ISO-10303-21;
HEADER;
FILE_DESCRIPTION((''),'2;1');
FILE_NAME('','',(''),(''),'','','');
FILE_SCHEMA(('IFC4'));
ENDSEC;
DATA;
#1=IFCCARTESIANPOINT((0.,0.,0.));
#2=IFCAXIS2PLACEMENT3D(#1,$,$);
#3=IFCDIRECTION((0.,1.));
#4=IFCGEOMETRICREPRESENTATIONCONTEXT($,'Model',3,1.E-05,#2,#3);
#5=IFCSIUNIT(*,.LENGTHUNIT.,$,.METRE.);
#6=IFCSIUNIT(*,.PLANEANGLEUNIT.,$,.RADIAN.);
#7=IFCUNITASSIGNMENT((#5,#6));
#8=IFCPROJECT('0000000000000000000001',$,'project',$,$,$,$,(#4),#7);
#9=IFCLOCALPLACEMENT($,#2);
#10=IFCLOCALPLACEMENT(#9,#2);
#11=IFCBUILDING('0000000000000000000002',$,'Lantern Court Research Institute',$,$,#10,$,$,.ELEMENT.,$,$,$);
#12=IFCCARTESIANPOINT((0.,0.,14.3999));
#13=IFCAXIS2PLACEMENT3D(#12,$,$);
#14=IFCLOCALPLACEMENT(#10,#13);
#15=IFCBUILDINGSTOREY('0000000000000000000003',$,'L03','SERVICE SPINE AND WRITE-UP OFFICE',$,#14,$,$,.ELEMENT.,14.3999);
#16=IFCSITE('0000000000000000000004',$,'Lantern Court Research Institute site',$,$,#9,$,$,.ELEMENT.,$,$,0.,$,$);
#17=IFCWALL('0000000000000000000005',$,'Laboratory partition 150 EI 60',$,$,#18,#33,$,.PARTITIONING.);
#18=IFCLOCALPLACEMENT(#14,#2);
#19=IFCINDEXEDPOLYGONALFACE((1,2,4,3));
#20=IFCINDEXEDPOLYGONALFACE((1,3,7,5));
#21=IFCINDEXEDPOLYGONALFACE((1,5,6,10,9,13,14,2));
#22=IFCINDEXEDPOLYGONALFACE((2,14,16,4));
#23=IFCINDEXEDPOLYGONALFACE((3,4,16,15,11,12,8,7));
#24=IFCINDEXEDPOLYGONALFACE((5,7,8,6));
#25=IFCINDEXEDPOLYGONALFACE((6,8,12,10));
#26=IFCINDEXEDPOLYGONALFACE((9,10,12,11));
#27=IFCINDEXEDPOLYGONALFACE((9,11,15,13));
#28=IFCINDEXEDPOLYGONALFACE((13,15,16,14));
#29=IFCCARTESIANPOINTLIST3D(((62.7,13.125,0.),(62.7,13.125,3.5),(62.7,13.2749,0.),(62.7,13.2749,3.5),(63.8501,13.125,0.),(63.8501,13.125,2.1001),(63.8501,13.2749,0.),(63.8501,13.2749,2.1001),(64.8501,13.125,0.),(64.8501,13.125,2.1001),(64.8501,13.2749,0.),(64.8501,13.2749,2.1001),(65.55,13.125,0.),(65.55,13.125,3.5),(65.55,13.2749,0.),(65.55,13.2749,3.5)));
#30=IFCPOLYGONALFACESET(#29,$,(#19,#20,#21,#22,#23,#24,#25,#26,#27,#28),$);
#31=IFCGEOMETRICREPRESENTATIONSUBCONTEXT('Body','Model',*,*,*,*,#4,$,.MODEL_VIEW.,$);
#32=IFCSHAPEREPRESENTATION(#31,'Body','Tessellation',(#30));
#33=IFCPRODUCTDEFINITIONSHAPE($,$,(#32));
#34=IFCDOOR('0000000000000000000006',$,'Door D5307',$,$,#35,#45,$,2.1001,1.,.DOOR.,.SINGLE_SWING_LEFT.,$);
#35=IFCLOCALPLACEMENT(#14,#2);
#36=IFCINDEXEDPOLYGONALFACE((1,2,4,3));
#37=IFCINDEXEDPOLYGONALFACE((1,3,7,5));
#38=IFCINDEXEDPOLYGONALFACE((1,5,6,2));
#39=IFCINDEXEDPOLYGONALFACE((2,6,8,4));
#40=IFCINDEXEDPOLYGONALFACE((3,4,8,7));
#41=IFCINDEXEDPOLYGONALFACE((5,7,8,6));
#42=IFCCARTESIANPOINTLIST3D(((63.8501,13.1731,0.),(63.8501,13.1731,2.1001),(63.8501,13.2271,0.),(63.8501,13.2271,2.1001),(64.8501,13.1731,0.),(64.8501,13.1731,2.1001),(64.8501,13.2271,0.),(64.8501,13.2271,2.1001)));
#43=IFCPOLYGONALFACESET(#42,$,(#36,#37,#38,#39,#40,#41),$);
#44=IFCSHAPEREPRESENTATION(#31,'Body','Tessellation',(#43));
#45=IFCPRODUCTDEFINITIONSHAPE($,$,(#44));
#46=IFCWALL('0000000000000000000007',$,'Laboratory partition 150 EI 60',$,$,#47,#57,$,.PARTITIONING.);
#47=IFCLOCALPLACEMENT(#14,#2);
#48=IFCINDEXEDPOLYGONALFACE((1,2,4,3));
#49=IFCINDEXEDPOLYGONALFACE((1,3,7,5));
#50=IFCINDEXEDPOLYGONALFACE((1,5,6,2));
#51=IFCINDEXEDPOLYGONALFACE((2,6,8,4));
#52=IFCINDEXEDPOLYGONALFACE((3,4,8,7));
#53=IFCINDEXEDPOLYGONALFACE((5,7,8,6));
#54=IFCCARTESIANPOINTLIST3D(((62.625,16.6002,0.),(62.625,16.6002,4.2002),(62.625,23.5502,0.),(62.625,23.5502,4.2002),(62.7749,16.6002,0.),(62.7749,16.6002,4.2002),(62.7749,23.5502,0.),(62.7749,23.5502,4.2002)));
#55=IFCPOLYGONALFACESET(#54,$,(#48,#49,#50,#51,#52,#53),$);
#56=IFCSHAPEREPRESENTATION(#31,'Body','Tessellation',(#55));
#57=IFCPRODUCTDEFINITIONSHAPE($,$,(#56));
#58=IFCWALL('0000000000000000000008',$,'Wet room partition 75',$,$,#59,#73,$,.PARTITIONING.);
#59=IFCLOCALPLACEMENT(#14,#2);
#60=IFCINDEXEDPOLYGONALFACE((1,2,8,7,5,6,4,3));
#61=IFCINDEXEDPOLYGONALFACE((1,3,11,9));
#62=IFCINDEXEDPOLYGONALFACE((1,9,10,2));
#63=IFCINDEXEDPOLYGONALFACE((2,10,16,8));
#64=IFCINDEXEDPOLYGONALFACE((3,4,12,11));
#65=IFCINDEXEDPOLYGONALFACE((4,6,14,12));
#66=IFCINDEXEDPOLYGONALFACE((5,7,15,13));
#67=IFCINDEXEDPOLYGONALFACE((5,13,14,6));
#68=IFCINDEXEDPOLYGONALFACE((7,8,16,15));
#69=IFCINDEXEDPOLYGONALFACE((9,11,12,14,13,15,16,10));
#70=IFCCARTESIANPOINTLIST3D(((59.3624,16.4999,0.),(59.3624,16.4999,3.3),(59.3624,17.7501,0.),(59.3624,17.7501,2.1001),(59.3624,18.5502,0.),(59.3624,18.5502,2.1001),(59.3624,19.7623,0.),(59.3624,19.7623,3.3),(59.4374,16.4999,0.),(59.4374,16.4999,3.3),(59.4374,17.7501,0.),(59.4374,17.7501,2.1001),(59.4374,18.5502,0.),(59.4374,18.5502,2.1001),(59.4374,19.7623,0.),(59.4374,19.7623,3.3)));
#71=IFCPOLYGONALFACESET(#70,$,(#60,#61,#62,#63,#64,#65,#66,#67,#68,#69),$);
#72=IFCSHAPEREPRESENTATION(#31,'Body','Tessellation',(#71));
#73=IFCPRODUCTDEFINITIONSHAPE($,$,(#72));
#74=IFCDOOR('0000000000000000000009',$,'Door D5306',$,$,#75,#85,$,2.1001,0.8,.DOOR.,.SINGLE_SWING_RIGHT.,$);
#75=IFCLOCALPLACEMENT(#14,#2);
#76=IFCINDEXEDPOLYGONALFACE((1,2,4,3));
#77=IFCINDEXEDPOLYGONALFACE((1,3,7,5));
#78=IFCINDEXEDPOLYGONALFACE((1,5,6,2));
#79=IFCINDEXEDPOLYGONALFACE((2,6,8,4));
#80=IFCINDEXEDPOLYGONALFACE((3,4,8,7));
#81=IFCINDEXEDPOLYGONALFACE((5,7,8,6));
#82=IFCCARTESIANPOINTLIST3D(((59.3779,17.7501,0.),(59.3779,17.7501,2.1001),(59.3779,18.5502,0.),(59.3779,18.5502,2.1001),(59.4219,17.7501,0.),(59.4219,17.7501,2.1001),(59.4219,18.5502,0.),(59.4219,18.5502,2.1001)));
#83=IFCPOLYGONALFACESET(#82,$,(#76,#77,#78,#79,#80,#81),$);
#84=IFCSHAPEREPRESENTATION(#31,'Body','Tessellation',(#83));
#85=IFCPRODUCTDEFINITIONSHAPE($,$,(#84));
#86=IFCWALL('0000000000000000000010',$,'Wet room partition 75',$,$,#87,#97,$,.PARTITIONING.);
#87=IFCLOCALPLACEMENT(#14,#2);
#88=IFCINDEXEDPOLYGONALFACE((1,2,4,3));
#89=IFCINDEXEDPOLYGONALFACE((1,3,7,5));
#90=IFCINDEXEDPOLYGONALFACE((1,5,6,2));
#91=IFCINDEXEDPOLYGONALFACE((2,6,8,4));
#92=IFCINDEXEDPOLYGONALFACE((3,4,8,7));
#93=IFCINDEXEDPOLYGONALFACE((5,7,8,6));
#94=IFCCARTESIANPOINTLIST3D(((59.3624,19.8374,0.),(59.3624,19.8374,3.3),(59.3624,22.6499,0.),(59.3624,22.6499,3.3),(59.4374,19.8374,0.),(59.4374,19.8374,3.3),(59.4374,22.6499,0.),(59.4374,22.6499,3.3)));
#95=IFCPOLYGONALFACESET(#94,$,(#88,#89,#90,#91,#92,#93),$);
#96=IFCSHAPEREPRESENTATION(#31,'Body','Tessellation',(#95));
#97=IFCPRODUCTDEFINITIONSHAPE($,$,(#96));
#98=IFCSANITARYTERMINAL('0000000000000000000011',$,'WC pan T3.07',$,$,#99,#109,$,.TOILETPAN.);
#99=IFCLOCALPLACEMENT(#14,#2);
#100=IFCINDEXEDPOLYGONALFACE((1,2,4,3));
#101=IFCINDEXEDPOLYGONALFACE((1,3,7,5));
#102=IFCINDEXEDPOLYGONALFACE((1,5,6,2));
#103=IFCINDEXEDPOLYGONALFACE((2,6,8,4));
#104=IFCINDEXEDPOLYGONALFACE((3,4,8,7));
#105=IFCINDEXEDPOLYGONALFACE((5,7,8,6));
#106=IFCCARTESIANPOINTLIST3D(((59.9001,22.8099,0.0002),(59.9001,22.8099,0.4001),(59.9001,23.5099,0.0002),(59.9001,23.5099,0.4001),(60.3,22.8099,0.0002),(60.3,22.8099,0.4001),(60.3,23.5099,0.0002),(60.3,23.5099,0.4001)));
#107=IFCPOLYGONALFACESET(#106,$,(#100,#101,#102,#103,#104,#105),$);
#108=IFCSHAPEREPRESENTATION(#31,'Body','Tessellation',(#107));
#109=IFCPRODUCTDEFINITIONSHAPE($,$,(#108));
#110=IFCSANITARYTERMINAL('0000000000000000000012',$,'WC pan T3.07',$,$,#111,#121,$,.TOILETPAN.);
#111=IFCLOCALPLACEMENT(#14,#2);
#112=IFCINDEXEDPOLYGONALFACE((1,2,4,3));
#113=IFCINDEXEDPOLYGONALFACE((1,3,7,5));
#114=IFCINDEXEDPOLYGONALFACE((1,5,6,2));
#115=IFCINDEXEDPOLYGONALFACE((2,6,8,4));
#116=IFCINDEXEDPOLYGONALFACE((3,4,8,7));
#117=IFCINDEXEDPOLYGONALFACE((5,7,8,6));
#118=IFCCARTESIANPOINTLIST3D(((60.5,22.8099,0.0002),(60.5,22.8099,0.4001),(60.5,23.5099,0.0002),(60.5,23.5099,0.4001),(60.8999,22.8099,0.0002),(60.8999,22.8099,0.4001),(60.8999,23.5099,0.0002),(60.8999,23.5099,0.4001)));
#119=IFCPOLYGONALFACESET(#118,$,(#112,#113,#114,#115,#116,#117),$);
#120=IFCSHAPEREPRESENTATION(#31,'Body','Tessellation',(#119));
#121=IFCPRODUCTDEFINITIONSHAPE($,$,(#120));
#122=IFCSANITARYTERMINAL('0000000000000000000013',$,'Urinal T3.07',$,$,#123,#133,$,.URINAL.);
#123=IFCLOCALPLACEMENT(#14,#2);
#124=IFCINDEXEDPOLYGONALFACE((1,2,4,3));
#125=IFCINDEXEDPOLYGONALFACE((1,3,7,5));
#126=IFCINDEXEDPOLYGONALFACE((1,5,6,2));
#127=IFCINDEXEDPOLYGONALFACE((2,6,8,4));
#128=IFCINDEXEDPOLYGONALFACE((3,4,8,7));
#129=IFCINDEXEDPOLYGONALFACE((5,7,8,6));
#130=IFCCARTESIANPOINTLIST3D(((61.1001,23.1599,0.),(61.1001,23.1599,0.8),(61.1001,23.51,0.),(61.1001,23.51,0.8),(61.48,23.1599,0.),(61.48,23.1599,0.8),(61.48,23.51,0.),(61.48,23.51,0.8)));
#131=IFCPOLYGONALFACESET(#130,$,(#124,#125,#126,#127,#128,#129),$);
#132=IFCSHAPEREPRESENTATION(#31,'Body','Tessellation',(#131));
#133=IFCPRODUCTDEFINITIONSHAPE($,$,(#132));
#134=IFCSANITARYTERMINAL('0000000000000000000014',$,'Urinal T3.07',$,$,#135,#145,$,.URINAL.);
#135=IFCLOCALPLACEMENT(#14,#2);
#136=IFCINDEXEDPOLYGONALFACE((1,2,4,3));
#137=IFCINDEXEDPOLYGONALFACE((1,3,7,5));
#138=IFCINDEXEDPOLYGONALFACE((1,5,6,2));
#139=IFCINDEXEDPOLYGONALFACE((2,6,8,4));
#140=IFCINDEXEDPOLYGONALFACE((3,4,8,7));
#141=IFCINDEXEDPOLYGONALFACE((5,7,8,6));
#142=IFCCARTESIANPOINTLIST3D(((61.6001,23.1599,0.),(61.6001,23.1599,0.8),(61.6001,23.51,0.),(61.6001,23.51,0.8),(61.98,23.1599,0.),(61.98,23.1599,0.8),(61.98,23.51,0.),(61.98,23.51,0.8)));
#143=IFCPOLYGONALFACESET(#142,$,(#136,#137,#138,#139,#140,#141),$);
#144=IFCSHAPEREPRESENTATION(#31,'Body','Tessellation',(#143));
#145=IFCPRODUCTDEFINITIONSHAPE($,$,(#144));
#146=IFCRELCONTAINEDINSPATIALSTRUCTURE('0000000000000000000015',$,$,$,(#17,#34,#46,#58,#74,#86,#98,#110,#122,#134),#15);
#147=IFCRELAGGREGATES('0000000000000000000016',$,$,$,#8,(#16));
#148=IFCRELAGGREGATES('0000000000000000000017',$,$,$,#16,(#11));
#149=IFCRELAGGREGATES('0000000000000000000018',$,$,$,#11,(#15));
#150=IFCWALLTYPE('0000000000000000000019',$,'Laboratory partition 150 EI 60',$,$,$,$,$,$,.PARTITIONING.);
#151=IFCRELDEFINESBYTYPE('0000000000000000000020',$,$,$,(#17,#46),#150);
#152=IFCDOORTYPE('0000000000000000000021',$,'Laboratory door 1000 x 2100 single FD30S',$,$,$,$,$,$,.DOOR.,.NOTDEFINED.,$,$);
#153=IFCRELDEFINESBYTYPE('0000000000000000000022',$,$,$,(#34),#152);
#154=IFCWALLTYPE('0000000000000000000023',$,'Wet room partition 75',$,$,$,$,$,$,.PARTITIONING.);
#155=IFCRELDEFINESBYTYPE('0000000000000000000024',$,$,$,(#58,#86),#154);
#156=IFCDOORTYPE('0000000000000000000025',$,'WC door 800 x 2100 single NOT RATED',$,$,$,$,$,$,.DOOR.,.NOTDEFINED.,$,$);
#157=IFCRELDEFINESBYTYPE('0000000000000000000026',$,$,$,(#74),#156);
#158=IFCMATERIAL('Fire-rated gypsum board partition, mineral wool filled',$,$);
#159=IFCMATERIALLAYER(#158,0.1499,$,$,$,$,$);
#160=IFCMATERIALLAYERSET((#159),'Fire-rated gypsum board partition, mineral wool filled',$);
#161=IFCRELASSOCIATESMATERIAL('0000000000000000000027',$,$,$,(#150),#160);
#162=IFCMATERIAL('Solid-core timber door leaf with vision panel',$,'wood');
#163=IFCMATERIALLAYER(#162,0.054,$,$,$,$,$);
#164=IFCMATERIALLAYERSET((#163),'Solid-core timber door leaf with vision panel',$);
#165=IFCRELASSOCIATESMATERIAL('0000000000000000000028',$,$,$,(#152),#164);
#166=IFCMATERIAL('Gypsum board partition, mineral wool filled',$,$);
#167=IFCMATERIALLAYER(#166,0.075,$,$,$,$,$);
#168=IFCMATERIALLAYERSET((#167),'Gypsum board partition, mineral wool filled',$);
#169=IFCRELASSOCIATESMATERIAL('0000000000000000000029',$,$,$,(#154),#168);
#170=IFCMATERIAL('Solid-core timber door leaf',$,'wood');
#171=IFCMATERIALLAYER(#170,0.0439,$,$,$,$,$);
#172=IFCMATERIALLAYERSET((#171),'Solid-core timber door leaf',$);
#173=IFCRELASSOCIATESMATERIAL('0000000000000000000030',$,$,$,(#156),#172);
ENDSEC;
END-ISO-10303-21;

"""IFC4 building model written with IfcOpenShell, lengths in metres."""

from ifc_helpers import new_model, si_unit, direction, frame, frame_2d, origin, origin_2d, place, context, subcontext, project, spatial, rectangle, extrude, material, layer, layer_set, type_object, element, fill, save


model = new_model("IFC4")

# Units and contexts
model_context = context("Model", 3, precision=1e-05, world=origin(), true_north=direction((0.0, 1.0)))
body_context = subcontext(model_context, "Body", "Model", "MODEL_VIEW")
ifc_project = project(units=[si_unit("LENGTHUNIT", "METRE"), si_unit("PLANEANGLEUNIT", "RADIAN")], contexts=[model_context])

# Site, building, storey
site_placement = place(None, origin())
site = spatial("IfcSite", under=ifc_project, at=site_placement, Name="Lantern Court Research Institute site", CompositionType="ELEMENT", RefElevation=0.0)
building_placement = place(site_placement, origin())
building = spatial("IfcBuilding", under=site, at=building_placement, Name="Lantern Court Research Institute", CompositionType="ELEMENT")
storey_placement = place(building_placement, frame((0.0, 0.0, 14.3999)))
storey = spatial("IfcBuildingStorey", under=building, at=storey_placement, Name="L03", Description="SERVICE SPINE AND WRITE-UP OFFICE", CompositionType="ELEMENT", Elevation=14.3999)

# Wall, opening, door
ifc_material_1 = material(Name="Fire-rated gypsum board partition, mineral wool filled")
ifc_layer_1 = layer(ifc_material_1, 0.1499)
ifc_layer_set_1 = layer_set([ifc_layer_1], Name="Fire-rated gypsum board partition, mineral wool filled")
wall_type_1 = type_object("IfcWallType", Name="Laboratory partition 150 EI 60", PredefinedType="PARTITIONING", material=ifc_layer_set_1)
wall_1_placement = place(storey_placement, frame((65.55, 13.2, 0.0), z_axis=(0.0, 0.0, 1.0), x_axis=(-1.0, 0.0, 0.0)))
wall_1 = element("IfcWall", 1, at=wall_1_placement, inside=storey, type_object=wall_type_1, Name="Laboratory partition 150 EI 60", PredefinedType="PARTITIONING", context=body_context, shape_type="SweptSolid", body=[
    extrude(rectangle(XDim=2.8501, YDim=0.1499, at=frame_2d((1.425, 0.0))), origin(), (0.0, 0.0, 1.0), 3.5),
])
opening_1_placement = place(wall_1_placement, frame((0.7, 0.0, 0.0)))
opening_1 = element("IfcOpeningElement", 2, at=opening_1_placement, cuts=wall_1, PredefinedType="OPENING", context=body_context, shape_type="SweptSolid", body=[
    extrude(rectangle(XDim=1.0, YDim=2.1001, at=frame_2d((0.5, 1.05))), frame((0.0, 0.085, 0.0), z_axis=(0.0, -1.0, 0.0), x_axis=(1.0, 0.0, 0.0)), (0.0, 0.0, 1.0), 0.1699),
])
ifc_material_2 = material(Name="Solid-core timber door leaf with vision panel", Category="wood")
ifc_layer_2 = layer(ifc_material_2, 0.054)
ifc_layer_set_2 = layer_set([ifc_layer_2], Name="Solid-core timber door leaf with vision panel")
door_type_1 = type_object("IfcDoorType", Name="Laboratory door 1000 x 2100 single FD30S", OperationType="NOTDEFINED", PredefinedType="DOOR", material=ifc_layer_set_2)
door_1_placement = place(opening_1_placement, origin())
door_1 = element("IfcDoor", 3, at=door_1_placement, inside=storey, type_object=door_type_1, Name="Door D5307", OperationType="SINGLE_SWING_LEFT", OverallHeight=2.1001, OverallWidth=1.0, PredefinedType="DOOR", context=body_context, shape_type="SweptSolid", body=[
    extrude(rectangle(XDim=1.0, YDim=2.1001, at=frame_2d((0.5, 1.05))), frame((0.0, 0.0269, 0.0), z_axis=(0.0, -1.0, 0.0), x_axis=(1.0, 0.0, 0.0)), (0.0, 0.0, 1.0), 0.054),
])
fill(opening_1, door_1)

# Wall
wall_2_placement = place(storey_placement, frame((62.7, 16.6001, 0.0), z_axis=(0.0, 0.0, 1.0), x_axis=(0.0, 1.0, 0.0)))
element("IfcWall", 4, at=wall_2_placement, inside=storey, type_object=wall_type_1, Name="Laboratory partition 150 EI 60", PredefinedType="PARTITIONING", context=body_context, shape_type="SweptSolid", body=[
    extrude(rectangle(XDim=6.95, YDim=0.1499, at=frame_2d((3.4751, 0.0))), origin(), (0.0, 0.0, 1.0), 4.2002),
])

# Wall, opening, door
ifc_material_3 = material(Name="Gypsum board partition, mineral wool filled")
ifc_layer_3 = layer(ifc_material_3, 0.075)
ifc_layer_set_3 = layer_set([ifc_layer_3], Name="Gypsum board partition, mineral wool filled")
wall_type_2 = type_object("IfcWallType", Name="Wet room partition 75", PredefinedType="PARTITIONING", material=ifc_layer_set_3)
wall_3_placement = place(storey_placement, frame((59.3999, 19.7625, 0.0), z_axis=(0.0, 0.0, 1.0), x_axis=(0.0, -1.0, 0.0)))
wall_3 = element("IfcWall", 5, at=wall_3_placement, inside=storey, type_object=wall_type_2, Name="Wet room partition 75", PredefinedType="PARTITIONING", context=body_context, shape_type="SweptSolid", body=[
    extrude(rectangle(XDim=3.2625, YDim=0.075, at=frame_2d((1.6313, 0.0))), origin(), (0.0, 0.0, 1.0), 3.3),
])
opening_2_placement = place(wall_3_placement, frame((1.2124, 0.0, 0.0)))
opening_2 = element("IfcOpeningElement", 6, at=opening_2_placement, cuts=wall_3, PredefinedType="OPENING", context=body_context, shape_type="SweptSolid", body=[
    extrude(rectangle(XDim=0.8, YDim=2.1001, at=frame_2d((0.3999, 1.05))), frame((0.0, 0.0474, 0.0), z_axis=(0.0, -1.0, 0.0), x_axis=(1.0, 0.0, 0.0)), (0.0, 0.0, 1.0), 0.095),
])
ifc_material_4 = material(Name="Solid-core timber door leaf", Category="wood")
ifc_layer_4 = layer(ifc_material_4, 0.0439)
ifc_layer_set_4 = layer_set([ifc_layer_4], Name="Solid-core timber door leaf")
door_type_2 = type_object("IfcDoorType", Name="WC door 800 x 2100 single NOT RATED", OperationType="NOTDEFINED", PredefinedType="DOOR", material=ifc_layer_set_4)
door_2_placement = place(opening_2_placement, origin())
door_2 = element("IfcDoor", 7, at=door_2_placement, inside=storey, type_object=door_type_2, Name="Door D5306", OperationType="SINGLE_SWING_RIGHT", OverallHeight=2.1001, OverallWidth=0.8, PredefinedType="DOOR", context=body_context, shape_type="SweptSolid", body=[
    extrude(rectangle(XDim=0.8, YDim=2.1001, at=frame_2d((0.3999, 1.05))), frame((0.0, 0.022, 0.0), z_axis=(0.0, -1.0, 0.0), x_axis=(1.0, 0.0, 0.0)), (0.0, 0.0, 1.0), 0.0439),
])
fill(opening_2, door_2)

# Wall
wall_4_placement = place(storey_placement, frame((59.3999, 19.8374, 0.0), z_axis=(0.0, 0.0, 1.0), x_axis=(0.0, 1.0, 0.0)))
element("IfcWall", 8, at=wall_4_placement, inside=storey, type_object=wall_type_2, Name="Wet room partition 75", PredefinedType="PARTITIONING", context=body_context, shape_type="SweptSolid", body=[
    extrude(rectangle(XDim=2.8125, YDim=0.075, at=frame_2d((1.4062, 0.0))), origin(), (0.0, 0.0, 1.0), 3.3),
])

# Sanitary terminals
for number, where, z_axis, x_axis, name in (
    (9, (60.1001, 23.1599, 0.0002), (0.0, 0.0, 1.0), (1.0, 0.0, 0.0), "WC pan T3.07"),
    (10, (60.7, 23.1599, 0.0002), (0.0, 0.0, 1.0), (1.0, 0.0, 0.0), "WC pan T3.07"),
):
    element("IfcSanitaryTerminal", number, at=place(storey_placement, frame(where, z_axis=z_axis, x_axis=x_axis)), inside=storey, Name=name, PredefinedType="TOILETPAN", context=body_context, shape_type="SweptSolid", body=[
        extrude(rectangle(XDim=0.3999, YDim=0.7, at=origin_2d()), origin(), (0.0, 0.0, 1.0), 0.3999),
    ])
for number, where, z_axis, x_axis, name in (
    (11, (61.29, 23.335, 0.0), (0.0, 0.0, 1.0), (1.0, 0.0, 0.0), "Urinal T3.07"),
    (12, (61.79, 23.335, 0.0), (0.0, 0.0, 1.0), (1.0, 0.0, 0.0), "Urinal T3.07"),
):
    element("IfcSanitaryTerminal", number, at=place(storey_placement, frame(where, z_axis=z_axis, x_axis=x_axis)), inside=storey, Name=name, PredefinedType="URINAL", context=body_context, shape_type="SweptSolid", body=[
        extrude(rectangle(XDim=0.3799, YDim=0.3501, at=origin_2d()), origin(), (0.0, 0.0, 1.0), 0.8),
    ])

save(model, "model.ifc")
